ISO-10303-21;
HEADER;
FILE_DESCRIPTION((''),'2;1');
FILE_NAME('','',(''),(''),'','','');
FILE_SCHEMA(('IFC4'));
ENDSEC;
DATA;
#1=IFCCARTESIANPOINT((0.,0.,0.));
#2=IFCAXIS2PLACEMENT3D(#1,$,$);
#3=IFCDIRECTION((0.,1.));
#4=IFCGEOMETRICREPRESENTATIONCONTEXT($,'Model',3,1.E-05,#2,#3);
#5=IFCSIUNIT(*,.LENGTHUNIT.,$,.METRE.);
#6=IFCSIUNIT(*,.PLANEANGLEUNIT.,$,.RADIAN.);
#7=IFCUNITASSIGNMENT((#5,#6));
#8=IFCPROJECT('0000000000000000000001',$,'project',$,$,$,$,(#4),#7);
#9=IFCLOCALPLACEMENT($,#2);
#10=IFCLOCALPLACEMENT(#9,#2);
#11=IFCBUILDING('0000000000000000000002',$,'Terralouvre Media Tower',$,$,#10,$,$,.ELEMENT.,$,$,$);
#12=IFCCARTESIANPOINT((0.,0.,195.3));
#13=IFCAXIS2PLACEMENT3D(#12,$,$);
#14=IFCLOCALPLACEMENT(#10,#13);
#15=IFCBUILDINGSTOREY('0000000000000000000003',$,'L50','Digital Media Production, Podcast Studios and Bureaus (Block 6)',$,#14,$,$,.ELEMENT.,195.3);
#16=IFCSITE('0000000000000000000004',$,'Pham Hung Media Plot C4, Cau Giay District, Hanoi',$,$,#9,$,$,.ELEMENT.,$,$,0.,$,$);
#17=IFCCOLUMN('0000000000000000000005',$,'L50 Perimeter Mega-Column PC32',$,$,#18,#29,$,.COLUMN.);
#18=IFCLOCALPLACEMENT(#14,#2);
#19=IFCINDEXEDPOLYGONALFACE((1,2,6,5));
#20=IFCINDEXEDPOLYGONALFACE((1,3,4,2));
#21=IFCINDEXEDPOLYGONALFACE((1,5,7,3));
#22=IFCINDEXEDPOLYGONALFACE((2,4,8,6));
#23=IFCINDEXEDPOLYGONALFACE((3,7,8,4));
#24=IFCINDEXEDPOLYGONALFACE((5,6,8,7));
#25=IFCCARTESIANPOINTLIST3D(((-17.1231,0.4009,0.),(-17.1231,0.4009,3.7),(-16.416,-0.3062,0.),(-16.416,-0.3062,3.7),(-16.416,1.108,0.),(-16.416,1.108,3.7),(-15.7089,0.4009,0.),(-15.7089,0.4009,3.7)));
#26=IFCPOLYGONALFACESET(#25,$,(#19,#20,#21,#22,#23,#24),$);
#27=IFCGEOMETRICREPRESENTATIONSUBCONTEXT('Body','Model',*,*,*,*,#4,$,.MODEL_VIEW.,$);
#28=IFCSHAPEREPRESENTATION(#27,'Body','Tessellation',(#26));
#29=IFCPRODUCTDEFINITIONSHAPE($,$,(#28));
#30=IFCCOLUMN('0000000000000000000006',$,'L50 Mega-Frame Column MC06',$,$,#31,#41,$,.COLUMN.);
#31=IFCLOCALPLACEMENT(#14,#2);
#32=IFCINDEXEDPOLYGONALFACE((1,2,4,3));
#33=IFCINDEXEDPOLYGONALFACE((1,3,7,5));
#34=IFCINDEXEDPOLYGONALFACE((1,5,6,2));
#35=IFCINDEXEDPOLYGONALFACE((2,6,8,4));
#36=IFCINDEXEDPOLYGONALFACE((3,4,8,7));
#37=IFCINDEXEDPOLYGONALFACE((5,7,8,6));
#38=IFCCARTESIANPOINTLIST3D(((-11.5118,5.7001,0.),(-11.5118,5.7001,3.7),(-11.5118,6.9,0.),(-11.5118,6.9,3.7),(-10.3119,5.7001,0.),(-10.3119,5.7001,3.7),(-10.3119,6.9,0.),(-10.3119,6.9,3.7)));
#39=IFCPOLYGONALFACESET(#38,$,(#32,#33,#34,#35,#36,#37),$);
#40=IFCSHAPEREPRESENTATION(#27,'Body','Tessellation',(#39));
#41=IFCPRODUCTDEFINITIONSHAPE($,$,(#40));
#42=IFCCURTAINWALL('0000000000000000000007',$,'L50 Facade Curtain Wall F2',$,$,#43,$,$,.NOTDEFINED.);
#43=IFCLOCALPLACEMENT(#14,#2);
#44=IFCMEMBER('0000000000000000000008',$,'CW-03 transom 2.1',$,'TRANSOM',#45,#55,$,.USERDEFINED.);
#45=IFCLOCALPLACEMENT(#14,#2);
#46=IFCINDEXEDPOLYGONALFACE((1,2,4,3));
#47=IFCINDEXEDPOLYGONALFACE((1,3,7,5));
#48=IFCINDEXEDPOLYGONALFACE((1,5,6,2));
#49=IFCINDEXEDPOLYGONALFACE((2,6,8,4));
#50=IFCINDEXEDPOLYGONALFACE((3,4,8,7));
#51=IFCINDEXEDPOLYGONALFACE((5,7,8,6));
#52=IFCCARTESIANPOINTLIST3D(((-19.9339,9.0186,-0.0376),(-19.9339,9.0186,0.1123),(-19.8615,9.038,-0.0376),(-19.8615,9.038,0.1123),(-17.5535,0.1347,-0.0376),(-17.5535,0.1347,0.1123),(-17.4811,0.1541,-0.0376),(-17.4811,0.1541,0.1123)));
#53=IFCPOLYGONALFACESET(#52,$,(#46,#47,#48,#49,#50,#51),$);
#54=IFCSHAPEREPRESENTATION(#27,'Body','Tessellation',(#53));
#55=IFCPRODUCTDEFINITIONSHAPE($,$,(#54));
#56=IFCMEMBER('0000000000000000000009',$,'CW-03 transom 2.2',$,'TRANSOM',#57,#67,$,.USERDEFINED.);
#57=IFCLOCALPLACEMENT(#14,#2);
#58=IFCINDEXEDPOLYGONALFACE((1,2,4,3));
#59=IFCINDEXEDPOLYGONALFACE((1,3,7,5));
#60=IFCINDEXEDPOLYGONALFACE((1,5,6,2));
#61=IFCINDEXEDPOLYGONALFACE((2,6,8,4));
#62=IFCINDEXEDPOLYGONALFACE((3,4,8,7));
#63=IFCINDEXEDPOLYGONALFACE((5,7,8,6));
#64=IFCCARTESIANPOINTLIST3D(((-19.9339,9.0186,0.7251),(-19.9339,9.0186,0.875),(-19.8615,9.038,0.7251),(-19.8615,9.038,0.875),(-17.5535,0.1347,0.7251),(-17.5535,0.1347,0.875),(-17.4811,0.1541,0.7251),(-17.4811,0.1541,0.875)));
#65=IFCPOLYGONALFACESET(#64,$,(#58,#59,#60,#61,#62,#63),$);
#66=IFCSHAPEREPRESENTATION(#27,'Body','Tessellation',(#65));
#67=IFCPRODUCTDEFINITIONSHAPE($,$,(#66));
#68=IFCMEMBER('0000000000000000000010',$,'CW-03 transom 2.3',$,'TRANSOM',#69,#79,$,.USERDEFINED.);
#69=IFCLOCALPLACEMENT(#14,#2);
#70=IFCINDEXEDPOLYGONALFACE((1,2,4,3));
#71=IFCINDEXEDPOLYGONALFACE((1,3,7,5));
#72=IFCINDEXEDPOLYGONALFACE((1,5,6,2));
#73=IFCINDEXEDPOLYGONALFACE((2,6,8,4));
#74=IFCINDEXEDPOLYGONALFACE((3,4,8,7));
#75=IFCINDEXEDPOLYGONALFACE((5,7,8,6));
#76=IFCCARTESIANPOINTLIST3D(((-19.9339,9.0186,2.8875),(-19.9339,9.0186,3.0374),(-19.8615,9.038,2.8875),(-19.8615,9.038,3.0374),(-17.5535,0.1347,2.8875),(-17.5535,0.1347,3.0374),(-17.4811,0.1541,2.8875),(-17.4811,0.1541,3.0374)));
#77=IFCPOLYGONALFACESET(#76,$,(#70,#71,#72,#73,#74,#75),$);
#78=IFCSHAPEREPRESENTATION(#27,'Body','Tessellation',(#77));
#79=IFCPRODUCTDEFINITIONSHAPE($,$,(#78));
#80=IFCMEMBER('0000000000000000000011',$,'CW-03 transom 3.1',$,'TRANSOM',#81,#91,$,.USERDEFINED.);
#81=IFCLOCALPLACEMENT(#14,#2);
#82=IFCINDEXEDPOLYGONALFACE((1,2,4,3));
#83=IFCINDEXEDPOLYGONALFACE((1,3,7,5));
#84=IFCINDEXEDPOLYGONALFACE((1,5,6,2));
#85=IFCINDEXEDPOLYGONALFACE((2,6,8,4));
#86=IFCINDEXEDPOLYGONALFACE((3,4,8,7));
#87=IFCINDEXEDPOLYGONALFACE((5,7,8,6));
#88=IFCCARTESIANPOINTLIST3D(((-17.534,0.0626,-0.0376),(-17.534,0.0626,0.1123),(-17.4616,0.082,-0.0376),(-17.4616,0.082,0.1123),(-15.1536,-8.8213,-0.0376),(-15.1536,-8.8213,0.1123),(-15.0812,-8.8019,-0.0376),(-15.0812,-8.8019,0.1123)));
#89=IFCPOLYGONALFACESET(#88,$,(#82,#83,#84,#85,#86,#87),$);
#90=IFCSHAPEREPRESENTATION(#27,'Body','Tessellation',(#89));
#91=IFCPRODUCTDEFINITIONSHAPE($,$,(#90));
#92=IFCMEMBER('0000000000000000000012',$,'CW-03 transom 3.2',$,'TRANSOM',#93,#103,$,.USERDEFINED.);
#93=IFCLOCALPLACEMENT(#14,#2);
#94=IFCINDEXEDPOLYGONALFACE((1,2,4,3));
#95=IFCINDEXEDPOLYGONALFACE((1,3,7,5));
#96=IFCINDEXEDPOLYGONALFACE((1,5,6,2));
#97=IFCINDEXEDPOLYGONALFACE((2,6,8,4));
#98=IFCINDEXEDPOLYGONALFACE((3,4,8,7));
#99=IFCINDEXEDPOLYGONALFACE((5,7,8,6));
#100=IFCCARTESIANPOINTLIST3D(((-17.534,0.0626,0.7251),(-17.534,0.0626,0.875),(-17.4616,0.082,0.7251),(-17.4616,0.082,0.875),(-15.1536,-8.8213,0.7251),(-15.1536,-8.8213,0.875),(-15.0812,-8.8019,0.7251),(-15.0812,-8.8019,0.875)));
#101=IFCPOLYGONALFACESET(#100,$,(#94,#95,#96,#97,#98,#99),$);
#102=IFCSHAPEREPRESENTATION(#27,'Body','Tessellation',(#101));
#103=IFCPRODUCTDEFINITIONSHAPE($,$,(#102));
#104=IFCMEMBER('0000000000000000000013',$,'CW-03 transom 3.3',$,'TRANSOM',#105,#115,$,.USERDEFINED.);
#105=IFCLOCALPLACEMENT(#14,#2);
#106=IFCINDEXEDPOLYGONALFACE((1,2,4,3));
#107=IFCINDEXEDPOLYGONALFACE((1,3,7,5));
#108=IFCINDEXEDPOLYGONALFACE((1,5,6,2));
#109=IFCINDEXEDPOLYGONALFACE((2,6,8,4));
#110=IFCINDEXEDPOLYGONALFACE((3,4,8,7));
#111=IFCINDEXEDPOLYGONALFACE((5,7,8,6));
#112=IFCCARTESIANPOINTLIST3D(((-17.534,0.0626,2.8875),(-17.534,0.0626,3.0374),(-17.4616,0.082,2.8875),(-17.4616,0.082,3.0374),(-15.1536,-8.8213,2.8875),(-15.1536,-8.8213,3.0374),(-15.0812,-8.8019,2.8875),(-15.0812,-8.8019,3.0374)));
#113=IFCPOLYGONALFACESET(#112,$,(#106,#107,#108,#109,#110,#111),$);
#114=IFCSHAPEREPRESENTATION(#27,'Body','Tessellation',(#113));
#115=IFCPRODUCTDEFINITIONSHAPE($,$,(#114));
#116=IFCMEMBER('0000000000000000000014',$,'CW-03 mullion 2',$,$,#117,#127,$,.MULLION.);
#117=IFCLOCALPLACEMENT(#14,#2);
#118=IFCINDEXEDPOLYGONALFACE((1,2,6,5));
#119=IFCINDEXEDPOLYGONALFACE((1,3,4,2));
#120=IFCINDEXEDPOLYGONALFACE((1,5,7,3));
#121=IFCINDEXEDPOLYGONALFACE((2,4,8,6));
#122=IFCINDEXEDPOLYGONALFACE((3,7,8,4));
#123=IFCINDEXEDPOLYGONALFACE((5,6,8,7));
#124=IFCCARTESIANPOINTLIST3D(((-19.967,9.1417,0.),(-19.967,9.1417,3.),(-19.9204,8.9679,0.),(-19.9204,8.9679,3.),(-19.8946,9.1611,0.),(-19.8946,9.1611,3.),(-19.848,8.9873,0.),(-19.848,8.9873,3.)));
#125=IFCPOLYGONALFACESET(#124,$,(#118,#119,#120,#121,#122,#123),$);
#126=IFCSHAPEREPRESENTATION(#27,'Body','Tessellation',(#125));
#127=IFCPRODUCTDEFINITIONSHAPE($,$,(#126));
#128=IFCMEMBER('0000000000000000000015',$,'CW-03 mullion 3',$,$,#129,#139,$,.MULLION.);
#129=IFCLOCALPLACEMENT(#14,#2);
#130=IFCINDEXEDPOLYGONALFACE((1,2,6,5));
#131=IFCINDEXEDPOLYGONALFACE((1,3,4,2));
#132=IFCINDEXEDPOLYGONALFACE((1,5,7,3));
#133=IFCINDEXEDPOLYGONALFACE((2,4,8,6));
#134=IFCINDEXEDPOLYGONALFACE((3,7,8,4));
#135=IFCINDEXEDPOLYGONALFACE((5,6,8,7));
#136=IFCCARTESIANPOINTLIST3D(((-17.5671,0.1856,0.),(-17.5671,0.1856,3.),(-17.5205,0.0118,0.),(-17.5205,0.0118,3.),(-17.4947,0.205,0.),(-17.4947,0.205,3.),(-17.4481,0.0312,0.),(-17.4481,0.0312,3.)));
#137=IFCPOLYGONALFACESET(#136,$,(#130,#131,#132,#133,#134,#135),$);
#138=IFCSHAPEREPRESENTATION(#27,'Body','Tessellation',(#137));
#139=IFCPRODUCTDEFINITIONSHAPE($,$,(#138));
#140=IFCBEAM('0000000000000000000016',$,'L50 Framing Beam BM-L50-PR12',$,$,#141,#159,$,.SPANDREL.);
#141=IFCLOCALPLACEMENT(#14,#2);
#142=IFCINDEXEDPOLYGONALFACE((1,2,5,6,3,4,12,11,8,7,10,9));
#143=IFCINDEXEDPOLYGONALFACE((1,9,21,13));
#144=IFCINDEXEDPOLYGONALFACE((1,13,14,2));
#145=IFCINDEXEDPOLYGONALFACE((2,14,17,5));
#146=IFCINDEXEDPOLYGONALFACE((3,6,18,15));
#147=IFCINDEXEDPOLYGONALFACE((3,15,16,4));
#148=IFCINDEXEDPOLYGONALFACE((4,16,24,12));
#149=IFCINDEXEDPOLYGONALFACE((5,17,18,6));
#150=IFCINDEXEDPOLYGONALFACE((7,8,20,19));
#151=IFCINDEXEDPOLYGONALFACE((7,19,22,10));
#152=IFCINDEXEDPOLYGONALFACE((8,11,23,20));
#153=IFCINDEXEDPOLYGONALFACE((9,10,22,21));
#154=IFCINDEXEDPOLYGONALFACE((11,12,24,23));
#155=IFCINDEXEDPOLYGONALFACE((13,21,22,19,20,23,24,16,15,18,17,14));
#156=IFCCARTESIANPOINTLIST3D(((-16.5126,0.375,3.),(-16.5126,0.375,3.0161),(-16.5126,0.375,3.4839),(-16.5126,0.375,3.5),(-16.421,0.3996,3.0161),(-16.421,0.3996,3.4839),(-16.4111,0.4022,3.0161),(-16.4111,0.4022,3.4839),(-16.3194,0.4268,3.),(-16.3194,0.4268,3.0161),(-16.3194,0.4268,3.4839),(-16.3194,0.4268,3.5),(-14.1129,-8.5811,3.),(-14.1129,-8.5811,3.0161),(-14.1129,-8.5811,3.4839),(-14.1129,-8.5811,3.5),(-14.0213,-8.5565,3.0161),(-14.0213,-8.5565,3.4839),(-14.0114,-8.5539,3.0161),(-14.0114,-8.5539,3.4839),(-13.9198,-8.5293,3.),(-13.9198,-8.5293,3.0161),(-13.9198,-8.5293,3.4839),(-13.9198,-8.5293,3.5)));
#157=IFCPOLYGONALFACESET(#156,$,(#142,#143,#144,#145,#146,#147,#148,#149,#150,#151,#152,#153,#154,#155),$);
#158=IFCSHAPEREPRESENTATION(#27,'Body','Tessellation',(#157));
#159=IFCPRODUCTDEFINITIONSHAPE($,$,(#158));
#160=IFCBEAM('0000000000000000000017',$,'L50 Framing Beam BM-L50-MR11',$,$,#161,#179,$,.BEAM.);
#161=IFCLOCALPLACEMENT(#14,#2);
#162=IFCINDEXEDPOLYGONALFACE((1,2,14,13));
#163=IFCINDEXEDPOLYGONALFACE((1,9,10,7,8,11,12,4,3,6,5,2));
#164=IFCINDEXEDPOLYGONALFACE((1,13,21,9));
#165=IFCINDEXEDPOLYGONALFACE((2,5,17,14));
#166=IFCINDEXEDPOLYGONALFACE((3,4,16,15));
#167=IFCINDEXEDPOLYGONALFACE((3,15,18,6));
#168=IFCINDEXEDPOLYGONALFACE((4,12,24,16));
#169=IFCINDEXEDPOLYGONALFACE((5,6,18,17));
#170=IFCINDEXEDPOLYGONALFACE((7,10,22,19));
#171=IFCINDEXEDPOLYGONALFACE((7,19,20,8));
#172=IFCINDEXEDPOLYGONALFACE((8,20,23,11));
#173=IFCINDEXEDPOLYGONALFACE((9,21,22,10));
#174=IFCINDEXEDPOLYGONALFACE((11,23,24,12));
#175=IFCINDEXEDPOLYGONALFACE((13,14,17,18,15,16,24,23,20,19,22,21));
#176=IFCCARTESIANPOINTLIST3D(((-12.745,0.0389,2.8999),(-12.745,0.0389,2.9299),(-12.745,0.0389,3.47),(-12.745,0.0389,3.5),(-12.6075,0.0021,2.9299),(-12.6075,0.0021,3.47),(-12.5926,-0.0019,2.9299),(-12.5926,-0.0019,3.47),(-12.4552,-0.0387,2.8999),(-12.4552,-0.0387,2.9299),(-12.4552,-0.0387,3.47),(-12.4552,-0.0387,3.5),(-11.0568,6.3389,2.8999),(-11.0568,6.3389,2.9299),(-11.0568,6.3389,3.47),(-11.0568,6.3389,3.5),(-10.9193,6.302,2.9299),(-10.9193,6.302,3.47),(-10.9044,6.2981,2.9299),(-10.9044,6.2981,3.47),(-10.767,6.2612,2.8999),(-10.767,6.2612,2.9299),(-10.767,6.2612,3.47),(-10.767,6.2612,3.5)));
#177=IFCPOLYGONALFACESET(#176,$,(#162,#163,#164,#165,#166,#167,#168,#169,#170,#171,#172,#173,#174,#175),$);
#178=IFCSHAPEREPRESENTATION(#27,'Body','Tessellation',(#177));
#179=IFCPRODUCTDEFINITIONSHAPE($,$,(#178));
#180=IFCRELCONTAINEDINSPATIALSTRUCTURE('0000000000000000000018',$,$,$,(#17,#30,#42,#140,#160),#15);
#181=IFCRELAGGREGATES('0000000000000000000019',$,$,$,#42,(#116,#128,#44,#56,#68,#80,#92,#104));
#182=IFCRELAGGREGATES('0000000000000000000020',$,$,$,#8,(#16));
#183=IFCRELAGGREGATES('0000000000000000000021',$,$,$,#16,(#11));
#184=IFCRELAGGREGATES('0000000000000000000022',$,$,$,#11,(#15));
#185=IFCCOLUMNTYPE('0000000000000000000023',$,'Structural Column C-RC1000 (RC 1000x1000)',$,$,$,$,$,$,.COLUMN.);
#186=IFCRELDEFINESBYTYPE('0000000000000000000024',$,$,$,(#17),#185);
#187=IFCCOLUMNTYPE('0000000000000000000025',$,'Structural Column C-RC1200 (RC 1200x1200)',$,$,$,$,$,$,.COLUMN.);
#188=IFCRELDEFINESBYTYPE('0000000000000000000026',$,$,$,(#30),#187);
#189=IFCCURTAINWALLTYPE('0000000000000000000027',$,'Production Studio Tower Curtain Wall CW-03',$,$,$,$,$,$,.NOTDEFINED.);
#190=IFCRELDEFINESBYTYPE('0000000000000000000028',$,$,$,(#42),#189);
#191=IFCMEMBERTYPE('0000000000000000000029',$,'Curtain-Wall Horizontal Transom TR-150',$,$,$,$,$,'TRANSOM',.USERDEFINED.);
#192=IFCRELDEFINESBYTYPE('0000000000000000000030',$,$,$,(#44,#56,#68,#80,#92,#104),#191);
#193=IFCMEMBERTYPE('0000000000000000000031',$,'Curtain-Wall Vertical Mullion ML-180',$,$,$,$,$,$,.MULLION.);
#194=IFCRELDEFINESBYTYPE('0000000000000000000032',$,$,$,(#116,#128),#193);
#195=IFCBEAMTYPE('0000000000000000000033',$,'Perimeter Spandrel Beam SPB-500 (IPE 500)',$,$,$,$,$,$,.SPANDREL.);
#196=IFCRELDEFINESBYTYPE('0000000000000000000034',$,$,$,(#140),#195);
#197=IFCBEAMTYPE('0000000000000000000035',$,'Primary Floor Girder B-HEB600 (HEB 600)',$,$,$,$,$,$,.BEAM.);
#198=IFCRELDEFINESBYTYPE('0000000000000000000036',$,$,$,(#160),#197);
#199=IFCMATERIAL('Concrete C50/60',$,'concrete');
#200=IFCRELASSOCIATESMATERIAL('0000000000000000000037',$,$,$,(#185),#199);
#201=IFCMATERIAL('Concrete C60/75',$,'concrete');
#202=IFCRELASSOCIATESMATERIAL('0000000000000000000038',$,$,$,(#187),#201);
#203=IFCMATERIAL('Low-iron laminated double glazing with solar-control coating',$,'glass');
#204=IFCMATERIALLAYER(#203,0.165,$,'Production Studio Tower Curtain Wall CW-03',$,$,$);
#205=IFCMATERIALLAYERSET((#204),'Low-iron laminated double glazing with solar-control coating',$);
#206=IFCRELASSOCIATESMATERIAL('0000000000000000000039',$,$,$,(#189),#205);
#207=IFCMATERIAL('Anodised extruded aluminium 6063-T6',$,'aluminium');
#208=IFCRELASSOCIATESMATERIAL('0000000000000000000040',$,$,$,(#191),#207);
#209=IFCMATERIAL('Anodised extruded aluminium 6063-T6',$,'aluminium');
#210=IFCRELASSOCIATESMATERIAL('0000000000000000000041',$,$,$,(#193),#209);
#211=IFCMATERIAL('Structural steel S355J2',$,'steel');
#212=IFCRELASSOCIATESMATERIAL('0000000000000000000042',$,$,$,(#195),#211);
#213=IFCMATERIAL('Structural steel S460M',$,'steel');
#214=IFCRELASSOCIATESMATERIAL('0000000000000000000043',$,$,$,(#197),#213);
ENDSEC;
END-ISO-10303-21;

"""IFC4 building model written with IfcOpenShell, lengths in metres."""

from ifc_helpers import new_model, si_unit, direction, frame, origin, origin_2d, place, context, subcontext, project, spatial, rectangle, i_section, extrude, material, layer, layer_set, material_profile, profile_set, type_object, element, aggregate, save


model = new_model("IFC4")

# Units and contexts
model_context = context("Model", 3, precision=1e-05, world=origin(), true_north=direction((0.0, 1.0)))
body_context = subcontext(model_context, "Body", "Model", "MODEL_VIEW")
ifc_project = project(units=[si_unit("LENGTHUNIT", "METRE"), si_unit("PLANEANGLEUNIT", "RADIAN")], contexts=[model_context])

# Site, building, storey
site_placement = place(None, origin())
site = spatial("IfcSite", under=ifc_project, at=site_placement, Name="Pham Hung Media Plot C4, Cau Giay District, Hanoi", CompositionType="ELEMENT", RefElevation=0.0)
building_placement = place(site_placement, origin())
building = spatial("IfcBuilding", under=site, at=building_placement, Name="Terralouvre Media Tower", CompositionType="ELEMENT")
storey_placement = place(building_placement, frame((0.0, 0.0, 195.3)))
storey = spatial("IfcBuildingStorey", under=building, at=storey_placement, Name="L50", Description="Digital Media Production, Podcast Studios and Bureaus (Block 6)", CompositionType="ELEMENT", Elevation=195.3)

# Columns
ifc_material_1 = material(Name="Concrete C50/60", Category="concrete")
ifc_material_profile_1 = material_profile(ifc_material_1, rectangle(XDim=1.0, YDim=1.0, at=origin_2d()), Name="RC 1000x1000")
ifc_profile_set_1 = profile_set([ifc_material_profile_1], Name="Concrete C50/60")
column_type_1 = type_object("IfcColumnType", Name="Structural Column C-RC1000 (RC 1000x1000)", PredefinedType="COLUMN", material=ifc_profile_set_1)
column_1_placement = place(storey_placement, frame((-16.416, 0.4009, 0.0), z_axis=(0.0, 0.0, 1.0), x_axis=(0.707107, 0.707107, 0.0)))
element("IfcColumn", 1, at=column_1_placement, inside=storey, type_object=column_type_1, Name="L50 Perimeter Mega-Column PC32", PredefinedType="COLUMN", context=body_context, shape_type="SweptSolid", body=[
    extrude(rectangle(XDim=1.0, YDim=1.0, at=origin_2d()), origin(), (0.0, 0.0, 1.0), 3.7),
])
ifc_material_2 = material(Name="Concrete C60/75", Category="concrete")
ifc_material_profile_2 = material_profile(ifc_material_2, rectangle(XDim=1.2, YDim=1.2, at=origin_2d()), Name="RC 1200x1200")
ifc_profile_set_2 = profile_set([ifc_material_profile_2], Name="Concrete C60/75")
column_type_2 = type_object("IfcColumnType", Name="Structural Column C-RC1200 (RC 1200x1200)", PredefinedType="COLUMN", material=ifc_profile_set_2)
column_2_placement = place(storey_placement, frame((-10.9119, 6.3, 0.0), z_axis=(0.0, 0.0, 1.0), x_axis=(1.0, 0.0, 0.0)))
element("IfcColumn", 2, at=column_2_placement, inside=storey, type_object=column_type_2, Name="L50 Mega-Frame Column MC06", PredefinedType="COLUMN", context=body_context, shape_type="SweptSolid", body=[
    extrude(rectangle(XDim=1.2, YDim=1.2, at=origin_2d()), origin(), (0.0, 0.0, 1.0), 3.7),
])

# Curtain wall, members
ifc_material_3 = material(Name="Low-iron laminated double glazing with solar-control coating", Category="glass")
ifc_layer_1 = layer(ifc_material_3, 0.165, Name="Production Studio Tower Curtain Wall CW-03")
ifc_layer_set_1 = layer_set([ifc_layer_1], Name="Low-iron laminated double glazing with solar-control coating")
curtain_wall_type = type_object("IfcCurtainWallType", Name="Production Studio Tower Curtain Wall CW-03", PredefinedType="NOTDEFINED", material=ifc_layer_set_1)
curtain_wall_placement = place(storey_placement, origin())
curtain_wall = element("IfcCurtainWall", 3, at=curtain_wall_placement, inside=storey, type_object=curtain_wall_type, Name="L50 Facade Curtain Wall F2", PredefinedType="NOTDEFINED")
ifc_material_4 = material(Name="Anodised extruded aluminium 6063-T6", Category="aluminium")
ifc_material_profile_3 = material_profile(ifc_material_4, rectangle(XDim=0.075, YDim=0.1499, at=origin_2d()), Name="ALU 75x150")
ifc_profile_set_3 = profile_set([ifc_material_profile_3], Name="Anodised extruded aluminium 6063-T6")
member_type_1 = type_object("IfcMemberType", Name="Curtain-Wall Horizontal Transom TR-150", ElementType="TRANSOM", PredefinedType="USERDEFINED", material=ifc_profile_set_3)
member_1_placement = place(storey_placement, frame((-19.8977, 9.0283, 0.0374), z_axis=(0.258816, -0.965927, 0.0), x_axis=(0.965927, 0.258816, 0.0)))
member_1 = element("IfcMember", 4, at=member_1_placement, type_object=member_type_1, Name="CW-03 transom 2.1", ObjectType="TRANSOM", PredefinedType="USERDEFINED", context=body_context, shape_type="SweptSolid", body=[
    extrude(rectangle(XDim=0.075, YDim=0.1499, at=origin_2d()), origin(), (0.0, 0.0, 1.0), 9.1973),
])
member_2_placement = place(storey_placement, frame((-19.8977, 9.0283, 0.8), z_axis=(0.258816, -0.965927, 0.0), x_axis=(0.965927, 0.258816, 0.0)))
member_2 = element("IfcMember", 5, at=member_2_placement, type_object=member_type_1, Name="CW-03 transom 2.2", ObjectType="TRANSOM", PredefinedType="USERDEFINED", context=body_context, shape_type="SweptSolid", body=[
    extrude(rectangle(XDim=0.075, YDim=0.1499, at=origin_2d()), origin(), (0.0, 0.0, 1.0), 9.1973),
])
member_3_placement = place(storey_placement, frame((-19.8977, 9.0283, 2.9624), z_axis=(0.258816, -0.965927, 0.0), x_axis=(0.965927, 0.258816, 0.0)))
member_3 = element("IfcMember", 6, at=member_3_placement, type_object=member_type_1, Name="CW-03 transom 2.3", ObjectType="TRANSOM", PredefinedType="USERDEFINED", context=body_context, shape_type="SweptSolid", body=[
    extrude(rectangle(XDim=0.075, YDim=0.1499, at=origin_2d()), origin(), (0.0, 0.0, 1.0), 9.1973),
])
member_4_placement = place(storey_placement, frame((-17.4978, 0.0723, 0.0374), z_axis=(0.258816, -0.965927, 0.0), x_axis=(0.965927, 0.258816, 0.0)))
member_4 = element("IfcMember", 7, at=member_4_placement, type_object=member_type_1, Name="CW-03 transom 3.1", ObjectType="TRANSOM", PredefinedType="USERDEFINED", context=body_context, shape_type="SweptSolid", body=[
    extrude(rectangle(XDim=0.075, YDim=0.1499, at=origin_2d()), origin(), (0.0, 0.0, 1.0), 9.1973),
])
member_5_placement = place(storey_placement, frame((-17.4978, 0.0723, 0.8), z_axis=(0.258816, -0.965927, 0.0), x_axis=(0.965927, 0.258816, 0.0)))
member_5 = element("IfcMember", 8, at=member_5_placement, type_object=member_type_1, Name="CW-03 transom 3.2", ObjectType="TRANSOM", PredefinedType="USERDEFINED", context=body_context, shape_type="SweptSolid", body=[
    extrude(rectangle(XDim=0.075, YDim=0.1499, at=origin_2d()), origin(), (0.0, 0.0, 1.0), 9.1973),
])
member_6_placement = place(storey_placement, frame((-17.4978, 0.0723, 2.9624), z_axis=(0.258816, -0.965927, 0.0), x_axis=(0.965927, 0.258816, 0.0)))
member_6 = element("IfcMember", 9, at=member_6_placement, type_object=member_type_1, Name="CW-03 transom 3.3", ObjectType="TRANSOM", PredefinedType="USERDEFINED", context=body_context, shape_type="SweptSolid", body=[
    extrude(rectangle(XDim=0.075, YDim=0.1499, at=origin_2d()), origin(), (0.0, 0.0, 1.0), 9.1973),
])
ifc_material_5 = material(Name="Anodised extruded aluminium 6063-T6", Category="aluminium")
ifc_material_profile_4 = material_profile(ifc_material_5, rectangle(XDim=0.075, YDim=0.1799, at=origin_2d()), Name="ALU 75x180")
ifc_profile_set_4 = profile_set([ifc_material_profile_4], Name="Anodised extruded aluminium 6063-T6")
member_type_2 = type_object("IfcMemberType", Name="Curtain-Wall Vertical Mullion ML-180", PredefinedType="MULLION", material=ifc_profile_set_4)
member_7_placement = place(storey_placement, frame((-19.9075, 9.0645, 0.0), z_axis=(0.0, 0.0, 1.0), x_axis=(0.965926, 0.258819, 0.0)))
member_7 = element("IfcMember", 10, at=member_7_placement, type_object=member_type_2, Name="CW-03 mullion 2", PredefinedType="MULLION", context=body_context, shape_type="SweptSolid", body=[
    extrude(rectangle(XDim=0.075, YDim=0.1799, at=origin_2d()), origin(), (0.0, 0.0, 1.0), 3.0),
])
member_8_placement = place(storey_placement, frame((-17.5076, 0.1084, 0.0), z_axis=(0.0, 0.0, 1.0), x_axis=(0.965926, 0.258819, 0.0)))
member_8 = element("IfcMember", 11, at=member_8_placement, type_object=member_type_2, Name="CW-03 mullion 3", PredefinedType="MULLION", context=body_context, shape_type="SweptSolid", body=[
    extrude(rectangle(XDim=0.075, YDim=0.1799, at=origin_2d()), origin(), (0.0, 0.0, 1.0), 3.0),
])

# Beams
ifc_material_6 = material(Name="Structural steel S355J2", Category="steel")
ifc_material_profile_5 = material_profile(ifc_material_6, i_section(OverallWidth=0.2, OverallDepth=0.5, WebThickness=0.0103, FlangeThickness=0.0161, at=origin_2d()), Name="IPE 500")
ifc_profile_set_5 = profile_set([ifc_material_profile_5], Name="Structural steel S355J2")
beam_type_1 = type_object("IfcBeamType", Name="Perimeter Spandrel Beam SPB-500 (IPE 500)", PredefinedType="SPANDREL", material=ifc_profile_set_5)
beam_1_placement = place(storey_placement, frame((-16.416, 0.4009, 3.25), z_axis=(0.258808, -0.965929, 0.0), x_axis=(0.965929, 0.258808, 0.0)))
element("IfcBeam", 12, at=beam_1_placement, inside=storey, type_object=beam_type_1, Name="L50 Framing Beam BM-L50-PR12", PredefinedType="SPANDREL", context=body_context, shape_type="SweptSolid", body=[
    extrude(i_section(OverallWidth=0.2, OverallDepth=0.5, WebThickness=0.0103, FlangeThickness=0.0161, at=origin_2d()), origin(), (0.0, 0.0, 1.0), 9.272),
])
ifc_material_7 = material(Name="Structural steel S460M", Category="steel")
ifc_material_profile_6 = material_profile(ifc_material_7, i_section(OverallWidth=0.3, OverallDepth=0.6001, WebThickness=0.0154, FlangeThickness=0.03, at=origin_2d()), Name="HEB 600")
ifc_profile_set_6 = profile_set([ifc_material_profile_6], Name="Structural steel S460M")
beam_type_2 = type_object("IfcBeamType", Name="Primary Floor Girder B-HEB600 (HEB 600)", PredefinedType="BEAM", material=ifc_profile_set_6)
beam_2_placement = place(storey_placement, frame((-10.9119, 6.3, 3.2), z_axis=(-0.258839, -0.96592, 0.0), x_axis=(0.96592, -0.258839, 0.0)))
element("IfcBeam", 13, at=beam_2_placement, inside=storey, type_object=beam_type_2, Name="L50 Framing Beam BM-L50-MR11", PredefinedType="BEAM", context=body_context, shape_type="SweptSolid", body=[
    extrude(i_section(OverallWidth=0.3, OverallDepth=0.6001, WebThickness=0.0154, FlangeThickness=0.03, at=origin_2d()), origin(), (0.0, 0.0, 1.0), 6.5222),
])

aggregate(curtain_wall, [member_7, member_8, member_1, member_2, member_3, member_4, member_5, member_6])

save(model, "model.ifc")
